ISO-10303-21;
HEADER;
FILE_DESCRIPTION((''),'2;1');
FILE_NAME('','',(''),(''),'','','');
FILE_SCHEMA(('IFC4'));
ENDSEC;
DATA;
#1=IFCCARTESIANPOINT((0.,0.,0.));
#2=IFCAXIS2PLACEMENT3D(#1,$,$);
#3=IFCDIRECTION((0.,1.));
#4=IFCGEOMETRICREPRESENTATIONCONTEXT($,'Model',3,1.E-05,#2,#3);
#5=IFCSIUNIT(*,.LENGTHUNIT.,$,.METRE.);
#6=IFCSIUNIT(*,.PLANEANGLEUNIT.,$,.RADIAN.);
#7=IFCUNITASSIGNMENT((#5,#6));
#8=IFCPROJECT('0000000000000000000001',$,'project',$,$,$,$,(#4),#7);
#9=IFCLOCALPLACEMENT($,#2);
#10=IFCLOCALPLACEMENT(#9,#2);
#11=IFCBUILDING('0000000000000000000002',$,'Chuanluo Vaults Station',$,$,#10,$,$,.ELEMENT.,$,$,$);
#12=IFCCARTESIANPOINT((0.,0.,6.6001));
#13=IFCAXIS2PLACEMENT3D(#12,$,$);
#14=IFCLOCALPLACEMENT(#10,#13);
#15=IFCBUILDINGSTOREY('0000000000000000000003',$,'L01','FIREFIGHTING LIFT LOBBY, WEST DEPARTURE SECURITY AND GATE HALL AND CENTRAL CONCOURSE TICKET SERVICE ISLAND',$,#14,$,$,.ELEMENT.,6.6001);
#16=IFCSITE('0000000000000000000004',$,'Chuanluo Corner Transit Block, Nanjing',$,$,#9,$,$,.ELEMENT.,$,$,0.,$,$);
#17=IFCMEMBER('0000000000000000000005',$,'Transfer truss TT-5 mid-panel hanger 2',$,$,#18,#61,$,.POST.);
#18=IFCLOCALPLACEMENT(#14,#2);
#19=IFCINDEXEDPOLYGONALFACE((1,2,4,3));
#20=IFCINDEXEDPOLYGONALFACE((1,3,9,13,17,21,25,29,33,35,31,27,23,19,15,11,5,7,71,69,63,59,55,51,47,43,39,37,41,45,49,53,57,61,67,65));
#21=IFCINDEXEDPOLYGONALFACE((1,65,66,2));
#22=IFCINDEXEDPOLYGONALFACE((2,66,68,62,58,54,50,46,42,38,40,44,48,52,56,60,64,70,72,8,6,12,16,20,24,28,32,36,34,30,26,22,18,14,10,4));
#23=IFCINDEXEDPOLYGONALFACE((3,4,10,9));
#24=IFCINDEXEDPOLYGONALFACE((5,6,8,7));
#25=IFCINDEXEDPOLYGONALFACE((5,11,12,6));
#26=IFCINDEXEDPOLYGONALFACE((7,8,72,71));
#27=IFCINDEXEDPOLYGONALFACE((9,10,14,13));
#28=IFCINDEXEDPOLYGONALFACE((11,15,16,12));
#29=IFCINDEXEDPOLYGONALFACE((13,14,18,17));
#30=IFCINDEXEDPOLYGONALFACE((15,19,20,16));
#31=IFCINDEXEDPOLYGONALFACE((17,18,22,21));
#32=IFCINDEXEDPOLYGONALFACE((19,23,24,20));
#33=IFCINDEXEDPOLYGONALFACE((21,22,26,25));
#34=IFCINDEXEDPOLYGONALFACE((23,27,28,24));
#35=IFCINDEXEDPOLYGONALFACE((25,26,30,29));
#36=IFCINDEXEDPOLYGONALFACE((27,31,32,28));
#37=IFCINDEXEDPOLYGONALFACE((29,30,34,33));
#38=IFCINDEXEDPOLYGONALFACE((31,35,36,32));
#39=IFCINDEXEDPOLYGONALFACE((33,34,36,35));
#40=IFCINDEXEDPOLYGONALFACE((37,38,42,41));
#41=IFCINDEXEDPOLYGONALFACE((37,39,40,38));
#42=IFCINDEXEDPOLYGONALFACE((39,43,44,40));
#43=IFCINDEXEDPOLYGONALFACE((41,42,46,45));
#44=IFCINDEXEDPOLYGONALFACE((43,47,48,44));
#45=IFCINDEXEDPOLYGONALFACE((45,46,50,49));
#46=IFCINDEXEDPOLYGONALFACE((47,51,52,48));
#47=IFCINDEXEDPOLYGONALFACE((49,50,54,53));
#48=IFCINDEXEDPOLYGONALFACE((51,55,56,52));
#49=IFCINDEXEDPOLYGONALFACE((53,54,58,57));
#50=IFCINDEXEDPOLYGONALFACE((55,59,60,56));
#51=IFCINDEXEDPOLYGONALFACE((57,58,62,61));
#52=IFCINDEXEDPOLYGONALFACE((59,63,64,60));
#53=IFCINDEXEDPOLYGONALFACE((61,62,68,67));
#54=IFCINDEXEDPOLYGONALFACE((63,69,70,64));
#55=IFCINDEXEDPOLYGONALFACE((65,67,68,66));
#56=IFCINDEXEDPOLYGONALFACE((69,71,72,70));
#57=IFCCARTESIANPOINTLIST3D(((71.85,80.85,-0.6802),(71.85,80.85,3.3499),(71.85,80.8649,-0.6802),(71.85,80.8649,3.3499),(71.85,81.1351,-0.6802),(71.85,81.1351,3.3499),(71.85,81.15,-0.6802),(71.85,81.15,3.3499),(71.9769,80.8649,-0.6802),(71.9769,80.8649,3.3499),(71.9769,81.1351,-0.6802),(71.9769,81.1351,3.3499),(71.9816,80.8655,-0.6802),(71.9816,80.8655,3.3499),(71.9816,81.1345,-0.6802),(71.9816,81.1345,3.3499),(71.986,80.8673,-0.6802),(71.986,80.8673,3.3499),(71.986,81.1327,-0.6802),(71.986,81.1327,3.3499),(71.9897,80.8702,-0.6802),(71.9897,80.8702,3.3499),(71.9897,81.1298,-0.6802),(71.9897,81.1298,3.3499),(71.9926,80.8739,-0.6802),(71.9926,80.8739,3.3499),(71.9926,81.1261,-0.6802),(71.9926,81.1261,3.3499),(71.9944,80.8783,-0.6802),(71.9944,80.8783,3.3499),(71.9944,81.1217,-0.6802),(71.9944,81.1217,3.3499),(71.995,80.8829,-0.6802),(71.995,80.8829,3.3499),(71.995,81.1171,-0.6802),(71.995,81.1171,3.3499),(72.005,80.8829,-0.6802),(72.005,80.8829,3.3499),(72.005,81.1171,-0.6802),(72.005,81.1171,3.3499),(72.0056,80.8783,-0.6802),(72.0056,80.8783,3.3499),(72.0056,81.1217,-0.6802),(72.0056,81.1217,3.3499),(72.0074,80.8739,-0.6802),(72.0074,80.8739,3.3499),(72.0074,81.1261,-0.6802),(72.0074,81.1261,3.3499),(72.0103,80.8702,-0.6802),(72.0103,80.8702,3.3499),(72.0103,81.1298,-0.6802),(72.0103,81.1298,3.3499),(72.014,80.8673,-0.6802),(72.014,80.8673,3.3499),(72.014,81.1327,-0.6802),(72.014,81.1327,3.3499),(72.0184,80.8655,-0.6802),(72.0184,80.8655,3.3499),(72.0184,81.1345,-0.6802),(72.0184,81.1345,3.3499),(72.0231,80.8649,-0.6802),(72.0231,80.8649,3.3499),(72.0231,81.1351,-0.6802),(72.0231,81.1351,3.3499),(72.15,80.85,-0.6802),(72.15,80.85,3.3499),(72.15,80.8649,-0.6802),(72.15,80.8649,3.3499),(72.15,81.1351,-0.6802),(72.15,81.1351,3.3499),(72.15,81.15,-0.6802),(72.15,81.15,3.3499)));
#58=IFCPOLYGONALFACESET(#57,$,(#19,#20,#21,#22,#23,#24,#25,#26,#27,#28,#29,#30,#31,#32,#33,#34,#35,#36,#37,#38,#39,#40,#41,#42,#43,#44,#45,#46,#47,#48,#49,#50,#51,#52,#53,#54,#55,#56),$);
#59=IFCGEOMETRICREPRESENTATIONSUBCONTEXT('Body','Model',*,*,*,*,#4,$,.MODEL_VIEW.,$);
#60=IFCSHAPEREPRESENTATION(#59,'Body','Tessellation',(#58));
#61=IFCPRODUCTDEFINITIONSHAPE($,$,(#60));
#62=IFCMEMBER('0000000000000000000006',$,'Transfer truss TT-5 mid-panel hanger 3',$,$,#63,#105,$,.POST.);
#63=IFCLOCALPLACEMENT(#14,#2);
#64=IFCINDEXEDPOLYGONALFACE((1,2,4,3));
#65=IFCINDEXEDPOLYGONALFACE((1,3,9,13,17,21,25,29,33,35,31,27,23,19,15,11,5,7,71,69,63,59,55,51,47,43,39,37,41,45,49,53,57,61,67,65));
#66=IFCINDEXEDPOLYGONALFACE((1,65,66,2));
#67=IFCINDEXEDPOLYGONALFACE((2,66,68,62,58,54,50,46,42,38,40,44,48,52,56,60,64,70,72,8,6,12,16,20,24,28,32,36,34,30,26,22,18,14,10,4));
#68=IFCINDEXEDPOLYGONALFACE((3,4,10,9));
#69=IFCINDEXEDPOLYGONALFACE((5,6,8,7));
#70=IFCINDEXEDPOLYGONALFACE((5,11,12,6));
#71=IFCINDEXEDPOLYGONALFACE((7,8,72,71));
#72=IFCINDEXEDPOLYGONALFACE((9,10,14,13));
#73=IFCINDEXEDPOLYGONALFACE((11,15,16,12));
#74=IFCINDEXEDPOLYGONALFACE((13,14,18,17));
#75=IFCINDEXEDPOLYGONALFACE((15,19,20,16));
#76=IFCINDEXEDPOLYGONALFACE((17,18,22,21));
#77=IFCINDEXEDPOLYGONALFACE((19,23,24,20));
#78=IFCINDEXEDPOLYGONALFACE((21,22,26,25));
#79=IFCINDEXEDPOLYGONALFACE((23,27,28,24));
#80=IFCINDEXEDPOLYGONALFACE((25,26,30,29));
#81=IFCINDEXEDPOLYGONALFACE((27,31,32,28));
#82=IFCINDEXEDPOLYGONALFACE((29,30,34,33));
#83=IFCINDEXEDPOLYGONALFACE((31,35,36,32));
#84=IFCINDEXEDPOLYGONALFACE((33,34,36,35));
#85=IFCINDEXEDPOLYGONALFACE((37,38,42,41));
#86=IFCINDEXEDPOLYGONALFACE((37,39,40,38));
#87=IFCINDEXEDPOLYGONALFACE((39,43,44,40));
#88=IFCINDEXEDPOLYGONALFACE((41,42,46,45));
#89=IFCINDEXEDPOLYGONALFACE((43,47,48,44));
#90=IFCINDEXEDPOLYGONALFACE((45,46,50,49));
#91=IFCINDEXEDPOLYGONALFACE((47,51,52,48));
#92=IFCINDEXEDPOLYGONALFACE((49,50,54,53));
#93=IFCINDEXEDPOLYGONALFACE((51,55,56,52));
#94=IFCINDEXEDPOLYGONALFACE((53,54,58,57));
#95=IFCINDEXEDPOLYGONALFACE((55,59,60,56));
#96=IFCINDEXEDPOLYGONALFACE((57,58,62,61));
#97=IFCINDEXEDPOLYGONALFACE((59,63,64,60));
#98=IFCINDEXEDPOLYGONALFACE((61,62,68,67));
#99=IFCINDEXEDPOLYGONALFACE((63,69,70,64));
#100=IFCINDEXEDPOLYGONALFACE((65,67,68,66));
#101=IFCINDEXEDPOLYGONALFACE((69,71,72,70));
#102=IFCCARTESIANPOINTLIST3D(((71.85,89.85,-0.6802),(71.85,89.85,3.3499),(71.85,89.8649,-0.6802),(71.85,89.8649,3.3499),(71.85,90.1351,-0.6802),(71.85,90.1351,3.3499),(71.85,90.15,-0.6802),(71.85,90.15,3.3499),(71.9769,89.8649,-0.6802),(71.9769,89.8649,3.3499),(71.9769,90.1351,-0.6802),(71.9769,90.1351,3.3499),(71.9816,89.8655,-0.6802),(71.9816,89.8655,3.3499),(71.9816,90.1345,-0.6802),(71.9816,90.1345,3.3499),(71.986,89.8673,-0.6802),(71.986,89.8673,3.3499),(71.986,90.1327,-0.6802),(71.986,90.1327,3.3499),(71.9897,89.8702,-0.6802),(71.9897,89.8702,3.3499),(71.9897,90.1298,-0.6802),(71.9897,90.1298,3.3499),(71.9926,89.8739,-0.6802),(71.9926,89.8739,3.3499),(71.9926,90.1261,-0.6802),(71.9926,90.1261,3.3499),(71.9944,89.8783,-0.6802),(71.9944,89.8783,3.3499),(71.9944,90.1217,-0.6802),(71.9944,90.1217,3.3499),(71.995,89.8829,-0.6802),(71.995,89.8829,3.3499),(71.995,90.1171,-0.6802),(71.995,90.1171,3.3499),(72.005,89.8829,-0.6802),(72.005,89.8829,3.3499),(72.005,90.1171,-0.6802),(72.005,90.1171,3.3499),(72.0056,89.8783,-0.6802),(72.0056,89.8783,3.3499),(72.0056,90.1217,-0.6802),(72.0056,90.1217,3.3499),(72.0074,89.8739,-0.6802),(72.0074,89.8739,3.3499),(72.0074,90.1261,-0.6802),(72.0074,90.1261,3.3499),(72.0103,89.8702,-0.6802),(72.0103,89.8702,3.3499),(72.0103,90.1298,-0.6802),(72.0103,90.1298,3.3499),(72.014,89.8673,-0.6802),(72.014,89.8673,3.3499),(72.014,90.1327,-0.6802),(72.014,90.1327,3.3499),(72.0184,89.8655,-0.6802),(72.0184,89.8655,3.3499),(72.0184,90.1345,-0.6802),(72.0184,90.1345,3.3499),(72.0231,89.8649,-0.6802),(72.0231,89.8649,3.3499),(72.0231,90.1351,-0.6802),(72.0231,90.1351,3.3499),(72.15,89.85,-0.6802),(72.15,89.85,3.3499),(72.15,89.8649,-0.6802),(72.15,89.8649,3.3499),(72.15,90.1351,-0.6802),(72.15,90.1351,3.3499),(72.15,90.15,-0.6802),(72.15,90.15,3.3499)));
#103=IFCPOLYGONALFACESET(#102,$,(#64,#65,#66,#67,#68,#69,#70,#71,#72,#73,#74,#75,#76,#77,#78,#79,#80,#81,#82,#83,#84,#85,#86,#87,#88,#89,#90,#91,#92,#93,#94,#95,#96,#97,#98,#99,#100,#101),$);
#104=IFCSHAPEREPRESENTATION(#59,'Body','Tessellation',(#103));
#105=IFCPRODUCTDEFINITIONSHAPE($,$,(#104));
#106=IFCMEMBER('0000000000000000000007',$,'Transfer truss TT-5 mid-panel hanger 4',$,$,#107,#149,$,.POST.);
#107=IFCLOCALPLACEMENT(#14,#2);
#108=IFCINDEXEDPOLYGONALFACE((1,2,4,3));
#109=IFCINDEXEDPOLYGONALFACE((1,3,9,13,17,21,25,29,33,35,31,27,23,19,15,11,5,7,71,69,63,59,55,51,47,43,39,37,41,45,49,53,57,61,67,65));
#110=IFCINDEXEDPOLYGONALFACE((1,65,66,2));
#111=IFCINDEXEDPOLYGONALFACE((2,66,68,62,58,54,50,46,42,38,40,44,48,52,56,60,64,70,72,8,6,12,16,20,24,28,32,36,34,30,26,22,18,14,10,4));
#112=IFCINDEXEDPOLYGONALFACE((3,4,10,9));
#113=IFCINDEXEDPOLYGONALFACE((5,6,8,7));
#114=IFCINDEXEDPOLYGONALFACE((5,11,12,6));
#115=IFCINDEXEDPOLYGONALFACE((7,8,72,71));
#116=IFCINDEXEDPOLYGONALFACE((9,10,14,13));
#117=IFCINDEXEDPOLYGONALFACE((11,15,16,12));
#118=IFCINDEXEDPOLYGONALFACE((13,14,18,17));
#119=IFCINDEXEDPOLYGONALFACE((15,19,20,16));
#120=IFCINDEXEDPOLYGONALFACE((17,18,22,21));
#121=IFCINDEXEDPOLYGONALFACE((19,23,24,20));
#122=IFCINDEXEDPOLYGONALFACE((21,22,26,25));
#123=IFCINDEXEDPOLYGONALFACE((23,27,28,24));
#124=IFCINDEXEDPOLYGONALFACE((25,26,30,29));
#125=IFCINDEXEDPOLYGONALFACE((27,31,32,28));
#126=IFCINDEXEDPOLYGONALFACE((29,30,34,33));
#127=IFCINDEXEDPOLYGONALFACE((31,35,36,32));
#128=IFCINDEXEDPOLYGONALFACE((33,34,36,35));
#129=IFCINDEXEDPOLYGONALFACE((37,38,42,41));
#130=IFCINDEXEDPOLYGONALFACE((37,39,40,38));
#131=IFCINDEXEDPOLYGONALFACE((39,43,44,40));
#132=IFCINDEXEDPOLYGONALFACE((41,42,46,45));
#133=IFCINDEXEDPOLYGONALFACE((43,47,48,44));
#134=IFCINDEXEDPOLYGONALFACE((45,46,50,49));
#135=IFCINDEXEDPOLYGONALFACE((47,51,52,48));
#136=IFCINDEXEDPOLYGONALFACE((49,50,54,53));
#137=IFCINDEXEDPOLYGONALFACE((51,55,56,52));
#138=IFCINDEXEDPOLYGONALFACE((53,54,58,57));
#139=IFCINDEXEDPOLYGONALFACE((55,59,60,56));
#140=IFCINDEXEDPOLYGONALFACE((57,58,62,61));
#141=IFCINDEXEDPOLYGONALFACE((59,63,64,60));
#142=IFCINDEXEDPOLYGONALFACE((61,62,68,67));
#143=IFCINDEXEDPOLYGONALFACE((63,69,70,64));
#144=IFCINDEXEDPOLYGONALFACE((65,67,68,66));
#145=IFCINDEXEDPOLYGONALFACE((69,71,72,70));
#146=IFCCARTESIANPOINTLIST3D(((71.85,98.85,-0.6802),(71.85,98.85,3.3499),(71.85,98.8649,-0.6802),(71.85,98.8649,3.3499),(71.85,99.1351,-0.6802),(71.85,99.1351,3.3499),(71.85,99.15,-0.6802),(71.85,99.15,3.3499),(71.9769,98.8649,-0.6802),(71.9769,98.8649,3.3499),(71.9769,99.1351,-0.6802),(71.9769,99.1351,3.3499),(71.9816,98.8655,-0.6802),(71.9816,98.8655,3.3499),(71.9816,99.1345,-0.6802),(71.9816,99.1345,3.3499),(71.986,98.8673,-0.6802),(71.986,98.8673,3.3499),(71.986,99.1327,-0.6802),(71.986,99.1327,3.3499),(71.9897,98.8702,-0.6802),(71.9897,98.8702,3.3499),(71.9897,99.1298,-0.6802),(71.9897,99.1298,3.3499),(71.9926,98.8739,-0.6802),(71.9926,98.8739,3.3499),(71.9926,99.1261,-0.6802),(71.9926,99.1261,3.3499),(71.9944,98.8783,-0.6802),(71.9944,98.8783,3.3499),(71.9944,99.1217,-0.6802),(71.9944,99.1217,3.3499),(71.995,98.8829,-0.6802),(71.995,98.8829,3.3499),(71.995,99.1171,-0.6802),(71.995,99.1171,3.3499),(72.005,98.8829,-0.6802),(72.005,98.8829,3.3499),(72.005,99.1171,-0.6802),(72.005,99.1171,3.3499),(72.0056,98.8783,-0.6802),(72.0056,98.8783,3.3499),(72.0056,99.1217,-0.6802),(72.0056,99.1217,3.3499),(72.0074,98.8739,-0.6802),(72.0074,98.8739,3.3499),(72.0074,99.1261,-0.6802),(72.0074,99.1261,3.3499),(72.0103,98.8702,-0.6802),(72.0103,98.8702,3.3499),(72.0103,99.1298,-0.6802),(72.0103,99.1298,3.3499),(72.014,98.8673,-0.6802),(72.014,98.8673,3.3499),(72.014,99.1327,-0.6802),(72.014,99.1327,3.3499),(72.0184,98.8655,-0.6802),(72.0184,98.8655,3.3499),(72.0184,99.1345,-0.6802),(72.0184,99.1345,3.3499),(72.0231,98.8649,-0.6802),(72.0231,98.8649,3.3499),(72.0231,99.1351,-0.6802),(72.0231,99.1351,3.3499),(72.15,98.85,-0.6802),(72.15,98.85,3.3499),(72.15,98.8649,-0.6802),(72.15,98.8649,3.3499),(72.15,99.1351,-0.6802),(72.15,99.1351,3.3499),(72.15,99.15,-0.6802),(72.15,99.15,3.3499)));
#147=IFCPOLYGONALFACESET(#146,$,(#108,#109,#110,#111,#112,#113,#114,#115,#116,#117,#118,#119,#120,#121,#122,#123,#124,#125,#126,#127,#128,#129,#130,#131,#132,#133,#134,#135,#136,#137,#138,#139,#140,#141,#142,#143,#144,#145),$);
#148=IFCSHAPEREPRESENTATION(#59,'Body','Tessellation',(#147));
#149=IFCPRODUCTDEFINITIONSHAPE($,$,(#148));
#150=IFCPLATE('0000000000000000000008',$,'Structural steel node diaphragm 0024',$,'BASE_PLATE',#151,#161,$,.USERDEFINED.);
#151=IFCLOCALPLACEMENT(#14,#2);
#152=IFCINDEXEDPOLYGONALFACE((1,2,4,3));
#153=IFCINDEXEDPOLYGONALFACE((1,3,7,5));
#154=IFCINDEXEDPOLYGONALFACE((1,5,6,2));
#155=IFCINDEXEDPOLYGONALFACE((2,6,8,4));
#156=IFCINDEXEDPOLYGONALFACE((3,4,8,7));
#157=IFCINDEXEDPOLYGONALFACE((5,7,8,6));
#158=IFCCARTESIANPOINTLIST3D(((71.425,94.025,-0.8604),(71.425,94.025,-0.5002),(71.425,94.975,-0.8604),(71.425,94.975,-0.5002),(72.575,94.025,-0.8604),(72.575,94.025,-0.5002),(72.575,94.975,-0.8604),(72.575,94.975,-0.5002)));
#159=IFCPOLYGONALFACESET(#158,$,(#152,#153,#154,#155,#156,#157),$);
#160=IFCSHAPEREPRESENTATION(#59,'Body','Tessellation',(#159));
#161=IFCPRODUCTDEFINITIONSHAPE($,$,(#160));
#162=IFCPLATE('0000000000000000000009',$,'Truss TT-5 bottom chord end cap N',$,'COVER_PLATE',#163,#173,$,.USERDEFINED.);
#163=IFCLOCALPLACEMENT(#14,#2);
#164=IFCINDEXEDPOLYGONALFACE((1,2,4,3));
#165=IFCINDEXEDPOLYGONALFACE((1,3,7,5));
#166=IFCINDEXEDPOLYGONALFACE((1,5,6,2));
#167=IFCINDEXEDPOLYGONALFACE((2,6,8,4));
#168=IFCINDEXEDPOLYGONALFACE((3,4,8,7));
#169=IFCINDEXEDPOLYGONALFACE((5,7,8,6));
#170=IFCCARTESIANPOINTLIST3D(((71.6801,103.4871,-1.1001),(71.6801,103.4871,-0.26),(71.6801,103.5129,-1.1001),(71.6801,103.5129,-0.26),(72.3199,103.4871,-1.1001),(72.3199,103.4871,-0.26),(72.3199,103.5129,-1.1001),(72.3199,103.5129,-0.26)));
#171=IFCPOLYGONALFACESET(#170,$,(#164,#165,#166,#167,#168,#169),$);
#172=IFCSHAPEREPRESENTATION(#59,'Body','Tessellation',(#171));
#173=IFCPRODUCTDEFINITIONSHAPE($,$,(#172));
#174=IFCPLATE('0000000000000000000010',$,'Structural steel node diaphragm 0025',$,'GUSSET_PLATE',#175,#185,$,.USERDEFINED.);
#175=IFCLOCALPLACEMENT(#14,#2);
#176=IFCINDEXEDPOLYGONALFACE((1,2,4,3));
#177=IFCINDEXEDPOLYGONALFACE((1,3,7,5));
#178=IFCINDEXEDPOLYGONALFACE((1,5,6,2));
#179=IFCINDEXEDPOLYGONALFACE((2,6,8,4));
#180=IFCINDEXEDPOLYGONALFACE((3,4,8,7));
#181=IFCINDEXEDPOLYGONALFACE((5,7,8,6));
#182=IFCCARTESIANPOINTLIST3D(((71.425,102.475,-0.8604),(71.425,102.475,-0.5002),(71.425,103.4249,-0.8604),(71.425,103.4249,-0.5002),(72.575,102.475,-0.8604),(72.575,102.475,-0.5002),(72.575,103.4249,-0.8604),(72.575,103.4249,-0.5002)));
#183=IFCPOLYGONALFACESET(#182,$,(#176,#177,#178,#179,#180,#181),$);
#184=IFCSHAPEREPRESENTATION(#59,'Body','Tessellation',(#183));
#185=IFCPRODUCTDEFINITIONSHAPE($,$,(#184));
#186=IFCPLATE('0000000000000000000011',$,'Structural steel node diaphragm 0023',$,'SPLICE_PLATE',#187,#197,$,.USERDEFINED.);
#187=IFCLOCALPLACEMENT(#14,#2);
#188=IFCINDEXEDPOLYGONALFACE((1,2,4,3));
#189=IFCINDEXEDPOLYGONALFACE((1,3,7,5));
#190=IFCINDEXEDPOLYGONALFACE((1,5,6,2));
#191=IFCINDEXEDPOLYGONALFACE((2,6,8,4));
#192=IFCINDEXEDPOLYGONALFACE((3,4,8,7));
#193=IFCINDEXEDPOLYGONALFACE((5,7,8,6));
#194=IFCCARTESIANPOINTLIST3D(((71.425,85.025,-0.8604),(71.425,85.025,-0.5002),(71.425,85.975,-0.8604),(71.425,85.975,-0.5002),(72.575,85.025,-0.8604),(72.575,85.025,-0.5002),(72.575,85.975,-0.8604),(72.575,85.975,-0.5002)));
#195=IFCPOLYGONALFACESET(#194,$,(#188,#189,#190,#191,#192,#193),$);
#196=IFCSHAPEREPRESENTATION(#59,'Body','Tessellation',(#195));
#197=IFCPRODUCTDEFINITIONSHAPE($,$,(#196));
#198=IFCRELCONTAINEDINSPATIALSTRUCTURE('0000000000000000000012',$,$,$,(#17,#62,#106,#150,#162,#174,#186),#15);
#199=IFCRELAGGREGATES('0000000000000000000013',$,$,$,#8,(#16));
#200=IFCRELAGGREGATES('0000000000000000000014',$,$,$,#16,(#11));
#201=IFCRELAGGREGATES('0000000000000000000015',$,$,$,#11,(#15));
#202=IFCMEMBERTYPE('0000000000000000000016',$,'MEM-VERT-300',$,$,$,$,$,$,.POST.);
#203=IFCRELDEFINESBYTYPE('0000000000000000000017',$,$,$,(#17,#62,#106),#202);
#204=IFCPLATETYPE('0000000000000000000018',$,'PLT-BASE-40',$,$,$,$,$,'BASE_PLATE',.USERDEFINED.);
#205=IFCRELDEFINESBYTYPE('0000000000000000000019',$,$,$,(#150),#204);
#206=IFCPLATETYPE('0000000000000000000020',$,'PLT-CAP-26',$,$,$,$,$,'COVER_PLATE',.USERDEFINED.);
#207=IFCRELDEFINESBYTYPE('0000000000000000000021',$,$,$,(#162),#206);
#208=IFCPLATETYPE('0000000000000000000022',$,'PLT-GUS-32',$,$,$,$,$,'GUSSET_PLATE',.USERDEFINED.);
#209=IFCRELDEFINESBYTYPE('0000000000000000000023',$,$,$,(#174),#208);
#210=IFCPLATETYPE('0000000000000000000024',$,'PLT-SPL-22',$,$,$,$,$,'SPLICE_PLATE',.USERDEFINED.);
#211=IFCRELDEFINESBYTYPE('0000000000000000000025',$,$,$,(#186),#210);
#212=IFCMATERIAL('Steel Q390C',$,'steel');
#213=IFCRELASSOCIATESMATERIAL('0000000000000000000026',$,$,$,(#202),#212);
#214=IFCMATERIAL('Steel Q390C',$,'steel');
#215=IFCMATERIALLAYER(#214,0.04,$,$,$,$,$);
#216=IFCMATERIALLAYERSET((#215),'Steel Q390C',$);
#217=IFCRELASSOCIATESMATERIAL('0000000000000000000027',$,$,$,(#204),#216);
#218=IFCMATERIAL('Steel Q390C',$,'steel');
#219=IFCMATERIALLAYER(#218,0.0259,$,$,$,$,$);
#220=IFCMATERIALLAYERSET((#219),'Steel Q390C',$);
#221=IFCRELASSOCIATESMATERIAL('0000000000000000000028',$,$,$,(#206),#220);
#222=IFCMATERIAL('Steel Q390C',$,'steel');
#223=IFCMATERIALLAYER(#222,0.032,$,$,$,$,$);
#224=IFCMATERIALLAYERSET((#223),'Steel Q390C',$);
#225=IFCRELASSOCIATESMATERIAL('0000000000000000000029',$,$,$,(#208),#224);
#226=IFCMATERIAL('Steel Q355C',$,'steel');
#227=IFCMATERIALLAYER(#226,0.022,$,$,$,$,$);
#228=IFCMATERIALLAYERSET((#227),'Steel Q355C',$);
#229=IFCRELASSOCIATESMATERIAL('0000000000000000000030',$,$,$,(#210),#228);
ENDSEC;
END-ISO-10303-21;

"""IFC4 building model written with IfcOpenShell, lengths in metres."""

from ifc_helpers import new_model, si_unit, direction, frame, origin, origin_2d, place, context, subcontext, project, spatial, rectangle, i_section, extrude, material, layer, layer_set, material_profile, profile_set, type_object, element, save


model = new_model("IFC4")

# Units and contexts
model_context = context("Model", 3, precision=1e-05, world=origin(), true_north=direction((0.0, 1.0)))
body_context = subcontext(model_context, "Body", "Model", "MODEL_VIEW")
ifc_project = project(units=[si_unit("LENGTHUNIT", "METRE"), si_unit("PLANEANGLEUNIT", "RADIAN")], contexts=[model_context])

# Site, building, storey
site_placement = place(None, origin())
site = spatial("IfcSite", under=ifc_project, at=site_placement, Name="Chuanluo Corner Transit Block, Nanjing", CompositionType="ELEMENT", RefElevation=0.0)
building_placement = place(site_placement, origin())
building = spatial("IfcBuilding", under=site, at=building_placement, Name="Chuanluo Vaults Station", CompositionType="ELEMENT")
storey_placement = place(building_placement, frame((0.0, 0.0, 6.6001)))
storey = spatial("IfcBuildingStorey", under=building, at=storey_placement, Name="L01", Description="FIREFIGHTING LIFT LOBBY, WEST DEPARTURE SECURITY AND GATE HALL AND CENTRAL CONCOURSE TICKET SERVICE ISLAND", CompositionType="ELEMENT", Elevation=6.6001)

# Members
ifc_material_1 = material(Name="Steel Q390C", Category="steel")
ifc_material_profile_1 = material_profile(ifc_material_1, i_section(OverallWidth=0.3, OverallDepth=0.3, WebThickness=0.01, FlangeThickness=0.0149, FilletRadius=0.0181, at=origin_2d()))
ifc_profile_set_1 = profile_set([ifc_material_profile_1], Name="Steel Q390C")
member_type_1 = type_object("IfcMemberType", Name="MEM-VERT-300", PredefinedType="POST", material=ifc_profile_set_1)
for number, where, z_axis, x_axis, name in (
    (1, (72.0, 81.0, -0.6802), (0.0, 0.0, 1.0), (1.0, 0.0, 0.0), "Transfer truss TT-5 mid-panel hanger 2"),
    (2, (72.0, 90.0, -0.6802), (0.0, 0.0, 1.0), (1.0, 0.0, 0.0), "Transfer truss TT-5 mid-panel hanger 3"),
    (3, (72.0, 99.0, -0.6802), (0.0, 0.0, 1.0), (1.0, 0.0, 0.0), "Transfer truss TT-5 mid-panel hanger 4"),
):
    element("IfcMember", number, at=place(storey_placement, frame(where, z_axis=z_axis, x_axis=x_axis)), inside=storey, type_object=member_type_1, Name=name, PredefinedType="POST", context=body_context, shape_type="SweptSolid", body=[
        extrude(i_section(OverallWidth=0.3, OverallDepth=0.3, WebThickness=0.01, FlangeThickness=0.0149, FilletRadius=0.0181, at=origin_2d()), origin(), (0.0, 0.0, 1.0), 4.03),
    ])

# Plates
ifc_material_2 = material(Name="Steel Q390C", Category="steel")
ifc_layer_1 = layer(ifc_material_2, 0.04)
ifc_layer_set_1 = layer_set([ifc_layer_1], Name="Steel Q390C")
plate_type_1 = type_object("IfcPlateType", Name="PLT-BASE-40", ElementType="BASE_PLATE", PredefinedType="USERDEFINED", material=ifc_layer_set_1)
plate_1_placement = place(storey_placement, frame((72.0, 94.5, -0.8604), z_axis=(0.0, 0.0, 1.0), x_axis=(1.0, 0.0, 0.0)))
element("IfcPlate", 4, at=plate_1_placement, inside=storey, type_object=plate_type_1, Name="Structural steel node diaphragm 0024", ObjectType="BASE_PLATE", PredefinedType="USERDEFINED", context=body_context, shape_type="SweptSolid", body=[
    extrude(rectangle(XDim=1.1499, YDim=0.95, at=origin_2d()), origin(), (0.0, 0.0, 1.0), 0.3601),
])
ifc_material_3 = material(Name="Steel Q390C", Category="steel")
ifc_layer_2 = layer(ifc_material_3, 0.0259)
ifc_layer_set_2 = layer_set([ifc_layer_2], Name="Steel Q390C")
plate_type_2 = type_object("IfcPlateType", Name="PLT-CAP-26", ElementType="COVER_PLATE", PredefinedType="USERDEFINED", material=ifc_layer_set_2)
plate_2_placement = place(storey_placement, frame((72.0, 103.5, -1.1001), z_axis=(0.0, 0.0, 1.0), x_axis=(1.0, 0.0, 0.0)))
element("IfcPlate", 5, at=plate_2_placement, inside=storey, type_object=plate_type_2, Name="Truss TT-5 bottom chord end cap N", ObjectType="COVER_PLATE", PredefinedType="USERDEFINED", context=body_context, shape_type="SweptSolid", body=[
    extrude(rectangle(XDim=0.6399, YDim=0.0259, at=origin_2d()), origin(), (0.0, 0.0, 1.0), 0.8401),
])
ifc_material_4 = material(Name="Steel Q390C", Category="steel")
ifc_layer_3 = layer(ifc_material_4, 0.032)
ifc_layer_set_3 = layer_set([ifc_layer_3], Name="Steel Q390C")
plate_type_3 = type_object("IfcPlateType", Name="PLT-GUS-32", ElementType="GUSSET_PLATE", PredefinedType="USERDEFINED", material=ifc_layer_set_3)
plate_3_placement = place(storey_placement, frame((72.0, 102.95, -0.8604), z_axis=(0.0, 0.0, 1.0), x_axis=(1.0, 0.0, 0.0)))
element("IfcPlate", 6, at=plate_3_placement, inside=storey, type_object=plate_type_3, Name="Structural steel node diaphragm 0025", ObjectType="GUSSET_PLATE", PredefinedType="USERDEFINED", context=body_context, shape_type="SweptSolid", body=[
    extrude(rectangle(XDim=1.1499, YDim=0.95, at=origin_2d()), origin(), (0.0, 0.0, 1.0), 0.3601),
])
ifc_material_5 = material(Name="Steel Q355C", Category="steel")
ifc_layer_4 = layer(ifc_material_5, 0.022)
ifc_layer_set_4 = layer_set([ifc_layer_4], Name="Steel Q355C")
plate_type_4 = type_object("IfcPlateType", Name="PLT-SPL-22", ElementType="SPLICE_PLATE", PredefinedType="USERDEFINED", material=ifc_layer_set_4)
plate_4_placement = place(storey_placement, frame((72.0, 85.5, -0.8604), z_axis=(0.0, 0.0, 1.0), x_axis=(1.0, 0.0, 0.0)))
element("IfcPlate", 7, at=plate_4_placement, inside=storey, type_object=plate_type_4, Name="Structural steel node diaphragm 0023", ObjectType="SPLICE_PLATE", PredefinedType="USERDEFINED", context=body_context, shape_type="SweptSolid", body=[
    extrude(rectangle(XDim=1.1499, YDim=0.95, at=origin_2d()), origin(), (0.0, 0.0, 1.0), 0.3601),
])

save(model, "model.ifc")
